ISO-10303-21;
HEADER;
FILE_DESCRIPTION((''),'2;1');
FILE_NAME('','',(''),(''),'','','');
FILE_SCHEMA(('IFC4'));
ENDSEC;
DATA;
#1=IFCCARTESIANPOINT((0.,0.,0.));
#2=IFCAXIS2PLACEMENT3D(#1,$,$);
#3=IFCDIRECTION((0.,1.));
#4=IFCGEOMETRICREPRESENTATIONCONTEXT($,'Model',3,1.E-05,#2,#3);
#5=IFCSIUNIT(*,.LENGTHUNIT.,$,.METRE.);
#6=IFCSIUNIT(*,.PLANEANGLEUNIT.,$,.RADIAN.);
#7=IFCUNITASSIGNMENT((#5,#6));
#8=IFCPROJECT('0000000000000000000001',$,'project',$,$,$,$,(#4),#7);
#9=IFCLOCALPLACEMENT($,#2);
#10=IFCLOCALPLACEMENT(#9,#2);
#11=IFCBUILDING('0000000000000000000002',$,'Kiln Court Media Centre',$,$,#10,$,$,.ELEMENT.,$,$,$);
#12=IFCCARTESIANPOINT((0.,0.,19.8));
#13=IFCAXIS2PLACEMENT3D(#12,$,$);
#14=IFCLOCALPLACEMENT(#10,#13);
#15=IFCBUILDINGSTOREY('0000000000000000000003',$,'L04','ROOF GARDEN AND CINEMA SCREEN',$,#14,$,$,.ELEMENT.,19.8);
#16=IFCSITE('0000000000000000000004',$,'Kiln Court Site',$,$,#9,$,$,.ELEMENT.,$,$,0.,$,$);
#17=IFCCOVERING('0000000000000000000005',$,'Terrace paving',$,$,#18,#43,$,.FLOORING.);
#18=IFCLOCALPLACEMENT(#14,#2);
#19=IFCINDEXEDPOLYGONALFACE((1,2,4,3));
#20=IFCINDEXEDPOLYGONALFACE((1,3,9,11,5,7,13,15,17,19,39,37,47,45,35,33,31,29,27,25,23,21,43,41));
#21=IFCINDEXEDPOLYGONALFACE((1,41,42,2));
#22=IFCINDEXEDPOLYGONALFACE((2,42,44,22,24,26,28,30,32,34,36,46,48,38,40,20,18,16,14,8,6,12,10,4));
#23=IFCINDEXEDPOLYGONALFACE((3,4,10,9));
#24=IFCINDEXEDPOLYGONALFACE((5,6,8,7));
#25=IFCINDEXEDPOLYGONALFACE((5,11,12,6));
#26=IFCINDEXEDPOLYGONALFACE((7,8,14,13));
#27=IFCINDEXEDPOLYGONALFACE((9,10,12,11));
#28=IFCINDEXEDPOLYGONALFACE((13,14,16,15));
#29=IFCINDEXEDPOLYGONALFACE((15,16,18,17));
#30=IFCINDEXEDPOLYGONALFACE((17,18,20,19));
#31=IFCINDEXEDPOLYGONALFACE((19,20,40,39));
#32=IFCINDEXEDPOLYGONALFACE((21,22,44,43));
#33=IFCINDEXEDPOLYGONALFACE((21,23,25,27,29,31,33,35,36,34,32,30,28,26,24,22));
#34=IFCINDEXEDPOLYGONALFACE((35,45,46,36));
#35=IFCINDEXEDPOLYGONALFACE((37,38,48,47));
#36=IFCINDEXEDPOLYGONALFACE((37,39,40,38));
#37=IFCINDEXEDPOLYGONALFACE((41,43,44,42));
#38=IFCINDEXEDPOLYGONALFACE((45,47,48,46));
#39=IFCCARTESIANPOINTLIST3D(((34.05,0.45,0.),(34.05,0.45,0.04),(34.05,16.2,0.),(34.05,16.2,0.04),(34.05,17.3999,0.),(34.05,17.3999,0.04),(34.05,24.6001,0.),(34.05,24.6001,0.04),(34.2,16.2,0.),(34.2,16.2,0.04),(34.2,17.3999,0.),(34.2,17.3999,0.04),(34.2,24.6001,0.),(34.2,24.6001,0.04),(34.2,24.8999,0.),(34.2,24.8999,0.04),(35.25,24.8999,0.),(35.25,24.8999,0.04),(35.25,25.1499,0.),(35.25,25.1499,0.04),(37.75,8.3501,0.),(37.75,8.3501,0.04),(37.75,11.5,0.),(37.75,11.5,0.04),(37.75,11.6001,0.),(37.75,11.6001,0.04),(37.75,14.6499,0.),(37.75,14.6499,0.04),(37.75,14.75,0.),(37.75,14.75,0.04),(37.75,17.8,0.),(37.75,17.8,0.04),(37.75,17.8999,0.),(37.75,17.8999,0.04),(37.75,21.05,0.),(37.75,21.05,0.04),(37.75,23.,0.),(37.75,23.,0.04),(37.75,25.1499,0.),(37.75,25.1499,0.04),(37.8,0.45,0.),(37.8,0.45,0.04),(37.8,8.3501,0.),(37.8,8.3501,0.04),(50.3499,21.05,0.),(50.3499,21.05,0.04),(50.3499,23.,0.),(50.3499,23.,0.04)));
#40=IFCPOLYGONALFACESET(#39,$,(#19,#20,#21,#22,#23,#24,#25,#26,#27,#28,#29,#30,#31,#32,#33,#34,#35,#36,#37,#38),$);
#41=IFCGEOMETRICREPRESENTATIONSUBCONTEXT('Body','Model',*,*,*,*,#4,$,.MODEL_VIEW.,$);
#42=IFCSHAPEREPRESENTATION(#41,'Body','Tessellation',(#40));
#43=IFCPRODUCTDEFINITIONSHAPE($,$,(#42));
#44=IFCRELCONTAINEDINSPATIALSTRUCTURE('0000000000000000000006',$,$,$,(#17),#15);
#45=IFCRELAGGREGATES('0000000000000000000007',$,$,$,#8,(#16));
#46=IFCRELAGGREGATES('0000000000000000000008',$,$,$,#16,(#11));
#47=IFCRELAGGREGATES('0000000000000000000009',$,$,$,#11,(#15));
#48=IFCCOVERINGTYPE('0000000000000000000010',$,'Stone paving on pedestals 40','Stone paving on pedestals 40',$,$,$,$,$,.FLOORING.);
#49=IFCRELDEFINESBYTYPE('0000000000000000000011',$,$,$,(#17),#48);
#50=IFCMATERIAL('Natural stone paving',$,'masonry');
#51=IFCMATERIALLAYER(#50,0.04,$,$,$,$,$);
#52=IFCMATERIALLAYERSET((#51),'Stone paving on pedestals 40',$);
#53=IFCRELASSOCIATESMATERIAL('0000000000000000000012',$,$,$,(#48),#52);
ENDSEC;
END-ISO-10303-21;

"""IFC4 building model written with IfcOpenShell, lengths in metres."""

from ifc_helpers import new_model, si_unit, direction, frame, origin, place, context, subcontext, project, spatial, polyline, outline, extrude, material, layer, layer_set, type_object, element, save


model = new_model("IFC4")

# Units and contexts
model_context = context("Model", 3, precision=1e-05, world=origin(), true_north=direction((0.0, 1.0)))
body_context = subcontext(model_context, "Body", "Model", "MODEL_VIEW")
ifc_project = project(units=[si_unit("LENGTHUNIT", "METRE"), si_unit("PLANEANGLEUNIT", "RADIAN")], contexts=[model_context])

# Site, building, storey
site_placement = place(None, origin())
site = spatial("IfcSite", under=ifc_project, at=site_placement, Name="Kiln Court Site", CompositionType="ELEMENT", RefElevation=0.0)
building_placement = place(site_placement, origin())
building = spatial("IfcBuilding", under=site, at=building_placement, Name="Kiln Court Media Centre", CompositionType="ELEMENT")
storey_placement = place(building_placement, frame((0.0, 0.0, 19.8)))
storey = spatial("IfcBuildingStorey", under=building, at=storey_placement, Name="L04", Description="ROOF GARDEN AND CINEMA SCREEN", CompositionType="ELEMENT", Elevation=19.8)

# Covering
ifc_material_1 = material(Name="Natural stone paving", Category="masonry")
ifc_layer_1 = layer(ifc_material_1, 0.04)
ifc_layer_set_1 = layer_set([ifc_layer_1], Name="Stone paving on pedestals 40")
covering_type_1 = type_object("IfcCoveringType", Name="Stone paving on pedestals 40", Description="Stone paving on pedestals 40", PredefinedType="FLOORING", material=ifc_layer_set_1)
covering_1_placement = place(storey_placement, origin())
element("IfcCovering", 1, at=covering_1_placement, inside=storey, type_object=covering_type_1, Name="Terrace paving", PredefinedType="FLOORING", context=body_context, shape_type="SweptSolid", body=[
    extrude(outline(polyline([(37.75, 25.1499), (37.75, 23.0), (50.3499, 23.0), (50.3499, 21.05), (37.75, 21.05), (37.75, 17.8999), (37.75, 17.8), (37.75, 14.75), (37.75, 14.6499), (37.75, 11.6001), (37.75, 11.5), (37.75, 8.3501), (37.8, 8.3501), (37.8, 0.45), (34.05, 0.45), (34.05, 16.2), (34.2, 16.2), (34.2, 17.3999), (34.05, 17.3999), (34.05, 24.6001), (34.2, 24.6001), (34.2, 24.8999), (35.25, 24.8999), (35.25, 25.1499), (37.75, 25.1499)])), origin(), (0.0, 0.0, 1.0), 0.04),
])

save(model, "model.ifc")
